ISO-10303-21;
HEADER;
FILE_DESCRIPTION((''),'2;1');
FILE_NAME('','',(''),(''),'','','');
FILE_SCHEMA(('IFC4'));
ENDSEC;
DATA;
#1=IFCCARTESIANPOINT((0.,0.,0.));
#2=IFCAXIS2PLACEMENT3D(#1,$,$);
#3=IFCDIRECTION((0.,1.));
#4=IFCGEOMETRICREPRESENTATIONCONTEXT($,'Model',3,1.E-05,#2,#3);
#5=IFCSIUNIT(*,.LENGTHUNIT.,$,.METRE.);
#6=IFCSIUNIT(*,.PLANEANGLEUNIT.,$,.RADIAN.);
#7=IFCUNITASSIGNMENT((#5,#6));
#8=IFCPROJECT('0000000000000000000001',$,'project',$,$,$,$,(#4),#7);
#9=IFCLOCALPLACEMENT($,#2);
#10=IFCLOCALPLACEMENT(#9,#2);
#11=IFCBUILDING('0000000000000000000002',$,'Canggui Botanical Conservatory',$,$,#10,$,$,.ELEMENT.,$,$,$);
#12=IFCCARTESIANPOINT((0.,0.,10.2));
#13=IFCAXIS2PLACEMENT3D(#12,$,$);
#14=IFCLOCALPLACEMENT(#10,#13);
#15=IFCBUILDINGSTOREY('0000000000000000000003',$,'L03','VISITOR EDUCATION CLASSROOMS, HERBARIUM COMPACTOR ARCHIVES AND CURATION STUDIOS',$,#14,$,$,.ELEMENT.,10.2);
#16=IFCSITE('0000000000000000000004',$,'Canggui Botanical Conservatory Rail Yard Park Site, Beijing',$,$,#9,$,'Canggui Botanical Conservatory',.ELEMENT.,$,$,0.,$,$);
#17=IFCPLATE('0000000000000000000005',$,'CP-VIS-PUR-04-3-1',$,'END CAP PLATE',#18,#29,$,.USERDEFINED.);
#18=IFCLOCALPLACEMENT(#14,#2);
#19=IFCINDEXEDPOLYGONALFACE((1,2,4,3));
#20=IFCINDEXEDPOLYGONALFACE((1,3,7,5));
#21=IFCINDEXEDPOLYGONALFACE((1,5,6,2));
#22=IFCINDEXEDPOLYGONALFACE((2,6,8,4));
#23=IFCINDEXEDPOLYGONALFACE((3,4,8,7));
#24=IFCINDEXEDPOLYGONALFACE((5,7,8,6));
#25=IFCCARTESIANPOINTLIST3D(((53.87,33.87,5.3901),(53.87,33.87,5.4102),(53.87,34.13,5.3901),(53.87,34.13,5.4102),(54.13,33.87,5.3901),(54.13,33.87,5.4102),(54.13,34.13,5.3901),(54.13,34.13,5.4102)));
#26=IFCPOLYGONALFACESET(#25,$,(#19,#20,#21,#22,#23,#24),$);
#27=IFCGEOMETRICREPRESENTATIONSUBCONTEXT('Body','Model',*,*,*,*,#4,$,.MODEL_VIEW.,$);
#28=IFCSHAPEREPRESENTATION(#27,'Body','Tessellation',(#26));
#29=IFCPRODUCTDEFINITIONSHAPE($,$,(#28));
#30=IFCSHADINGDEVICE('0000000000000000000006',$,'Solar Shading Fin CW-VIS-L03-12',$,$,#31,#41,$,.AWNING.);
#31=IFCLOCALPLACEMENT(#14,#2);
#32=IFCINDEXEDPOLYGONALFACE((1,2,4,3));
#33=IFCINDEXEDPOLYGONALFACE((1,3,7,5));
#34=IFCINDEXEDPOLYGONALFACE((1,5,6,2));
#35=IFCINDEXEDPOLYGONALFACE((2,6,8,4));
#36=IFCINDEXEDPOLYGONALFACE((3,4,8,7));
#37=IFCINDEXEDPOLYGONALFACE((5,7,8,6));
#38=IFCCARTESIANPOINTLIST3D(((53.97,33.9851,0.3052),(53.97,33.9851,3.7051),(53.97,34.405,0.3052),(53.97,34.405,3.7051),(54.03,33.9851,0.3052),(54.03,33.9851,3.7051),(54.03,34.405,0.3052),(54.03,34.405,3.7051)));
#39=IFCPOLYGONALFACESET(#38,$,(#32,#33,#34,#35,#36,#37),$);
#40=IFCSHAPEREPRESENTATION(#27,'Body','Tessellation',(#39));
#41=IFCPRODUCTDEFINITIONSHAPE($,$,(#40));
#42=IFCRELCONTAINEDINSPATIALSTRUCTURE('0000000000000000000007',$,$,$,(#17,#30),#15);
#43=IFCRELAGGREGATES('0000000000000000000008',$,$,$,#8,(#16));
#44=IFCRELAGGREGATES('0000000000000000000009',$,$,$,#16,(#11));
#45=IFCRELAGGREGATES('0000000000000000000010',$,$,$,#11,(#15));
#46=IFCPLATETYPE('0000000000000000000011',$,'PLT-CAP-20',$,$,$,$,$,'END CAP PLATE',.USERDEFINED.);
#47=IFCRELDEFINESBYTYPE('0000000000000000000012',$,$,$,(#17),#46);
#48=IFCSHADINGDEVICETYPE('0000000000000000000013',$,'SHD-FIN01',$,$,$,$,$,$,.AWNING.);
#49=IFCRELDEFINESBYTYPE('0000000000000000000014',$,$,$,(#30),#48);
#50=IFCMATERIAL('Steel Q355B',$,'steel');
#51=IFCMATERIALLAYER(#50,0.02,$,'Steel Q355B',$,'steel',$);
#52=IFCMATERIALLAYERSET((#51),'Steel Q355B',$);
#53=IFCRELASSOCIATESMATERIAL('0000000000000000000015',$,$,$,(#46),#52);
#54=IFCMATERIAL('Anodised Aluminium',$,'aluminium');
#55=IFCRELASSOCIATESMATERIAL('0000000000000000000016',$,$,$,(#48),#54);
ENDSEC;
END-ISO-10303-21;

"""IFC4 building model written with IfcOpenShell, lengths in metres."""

from ifc_helpers import new_model, si_unit, direction, frame, origin, origin_2d, place, context, subcontext, project, spatial, rectangle, extrude, material, layer, layer_set, type_object, element, save


model = new_model("IFC4")

# Units and contexts
model_context = context("Model", 3, precision=1e-05, world=origin(), true_north=direction((0.0, 1.0)))
body_context = subcontext(model_context, "Body", "Model", "MODEL_VIEW")
ifc_project = project(units=[si_unit("LENGTHUNIT", "METRE"), si_unit("PLANEANGLEUNIT", "RADIAN")], contexts=[model_context])

# Site, building, storey
site_placement = place(None, origin())
site = spatial("IfcSite", under=ifc_project, at=site_placement, Name="Canggui Botanical Conservatory Rail Yard Park Site, Beijing", LongName="Canggui Botanical Conservatory", CompositionType="ELEMENT", RefElevation=0.0)
building_placement = place(site_placement, origin())
building = spatial("IfcBuilding", under=site, at=building_placement, Name="Canggui Botanical Conservatory", CompositionType="ELEMENT")
storey_placement = place(building_placement, frame((0.0, 0.0, 10.2)))
storey = spatial("IfcBuildingStorey", under=building, at=storey_placement, Name="L03", Description="VISITOR EDUCATION CLASSROOMS, HERBARIUM COMPACTOR ARCHIVES AND CURATION STUDIOS", CompositionType="ELEMENT", Elevation=10.2)

# Shared definitions
ifc_material_1 = material(Name="Steel Q355B", Category="steel")

# Plate
ifc_layer_1 = layer(ifc_material_1, 0.02, Name="Steel Q355B", Category="steel")
ifc_layer_set_1 = layer_set([ifc_layer_1], Name="Steel Q355B")
plate_type_1 = type_object("IfcPlateType", Name="PLT-CAP-20", ElementType="END CAP PLATE", PredefinedType="USERDEFINED", material=ifc_layer_set_1)
for number, where, z_axis, x_axis, name in (
    (1, (54.0, 34.0, 5.3901), (0.0, 0.0, 1.0), (1.0, 0.0, 0.0), "CP-VIS-PUR-04-3-1"),
):
    element("IfcPlate", number, at=place(storey_placement, frame(where, z_axis=z_axis, x_axis=x_axis)), inside=storey, type_object=plate_type_1, Name=name, ObjectType="END CAP PLATE", PredefinedType="USERDEFINED", context=body_context, shape_type="SweptSolid", body=[
        extrude(rectangle(XDim=0.26, YDim=0.26, at=origin_2d()), origin(), (0.0, 0.0, 1.0), 0.02),
    ])

# Shading device
ifc_material_2 = material(Name="Anodised Aluminium", Category="aluminium")
shading_device_type = type_object("IfcShadingDeviceType", Name="SHD-FIN01", PredefinedType="AWNING", material=ifc_material_2)
shading_device_placement = place(storey_placement, frame((54.0, 34.1951, 0.3052), z_axis=(0.0, 0.0, 1.0), x_axis=(1.0, 0.0, 0.0)))
element("IfcShadingDevice", 2, at=shading_device_placement, inside=storey, type_object=shading_device_type, Name="Solar Shading Fin CW-VIS-L03-12", PredefinedType="AWNING", context=body_context, shape_type="SweptSolid", body=[
    extrude(rectangle(XDim=0.0601, YDim=0.4199, at=origin_2d()), origin(), (0.0, 0.0, 1.0), 3.3999),
])

save(model, "model.ifc")
